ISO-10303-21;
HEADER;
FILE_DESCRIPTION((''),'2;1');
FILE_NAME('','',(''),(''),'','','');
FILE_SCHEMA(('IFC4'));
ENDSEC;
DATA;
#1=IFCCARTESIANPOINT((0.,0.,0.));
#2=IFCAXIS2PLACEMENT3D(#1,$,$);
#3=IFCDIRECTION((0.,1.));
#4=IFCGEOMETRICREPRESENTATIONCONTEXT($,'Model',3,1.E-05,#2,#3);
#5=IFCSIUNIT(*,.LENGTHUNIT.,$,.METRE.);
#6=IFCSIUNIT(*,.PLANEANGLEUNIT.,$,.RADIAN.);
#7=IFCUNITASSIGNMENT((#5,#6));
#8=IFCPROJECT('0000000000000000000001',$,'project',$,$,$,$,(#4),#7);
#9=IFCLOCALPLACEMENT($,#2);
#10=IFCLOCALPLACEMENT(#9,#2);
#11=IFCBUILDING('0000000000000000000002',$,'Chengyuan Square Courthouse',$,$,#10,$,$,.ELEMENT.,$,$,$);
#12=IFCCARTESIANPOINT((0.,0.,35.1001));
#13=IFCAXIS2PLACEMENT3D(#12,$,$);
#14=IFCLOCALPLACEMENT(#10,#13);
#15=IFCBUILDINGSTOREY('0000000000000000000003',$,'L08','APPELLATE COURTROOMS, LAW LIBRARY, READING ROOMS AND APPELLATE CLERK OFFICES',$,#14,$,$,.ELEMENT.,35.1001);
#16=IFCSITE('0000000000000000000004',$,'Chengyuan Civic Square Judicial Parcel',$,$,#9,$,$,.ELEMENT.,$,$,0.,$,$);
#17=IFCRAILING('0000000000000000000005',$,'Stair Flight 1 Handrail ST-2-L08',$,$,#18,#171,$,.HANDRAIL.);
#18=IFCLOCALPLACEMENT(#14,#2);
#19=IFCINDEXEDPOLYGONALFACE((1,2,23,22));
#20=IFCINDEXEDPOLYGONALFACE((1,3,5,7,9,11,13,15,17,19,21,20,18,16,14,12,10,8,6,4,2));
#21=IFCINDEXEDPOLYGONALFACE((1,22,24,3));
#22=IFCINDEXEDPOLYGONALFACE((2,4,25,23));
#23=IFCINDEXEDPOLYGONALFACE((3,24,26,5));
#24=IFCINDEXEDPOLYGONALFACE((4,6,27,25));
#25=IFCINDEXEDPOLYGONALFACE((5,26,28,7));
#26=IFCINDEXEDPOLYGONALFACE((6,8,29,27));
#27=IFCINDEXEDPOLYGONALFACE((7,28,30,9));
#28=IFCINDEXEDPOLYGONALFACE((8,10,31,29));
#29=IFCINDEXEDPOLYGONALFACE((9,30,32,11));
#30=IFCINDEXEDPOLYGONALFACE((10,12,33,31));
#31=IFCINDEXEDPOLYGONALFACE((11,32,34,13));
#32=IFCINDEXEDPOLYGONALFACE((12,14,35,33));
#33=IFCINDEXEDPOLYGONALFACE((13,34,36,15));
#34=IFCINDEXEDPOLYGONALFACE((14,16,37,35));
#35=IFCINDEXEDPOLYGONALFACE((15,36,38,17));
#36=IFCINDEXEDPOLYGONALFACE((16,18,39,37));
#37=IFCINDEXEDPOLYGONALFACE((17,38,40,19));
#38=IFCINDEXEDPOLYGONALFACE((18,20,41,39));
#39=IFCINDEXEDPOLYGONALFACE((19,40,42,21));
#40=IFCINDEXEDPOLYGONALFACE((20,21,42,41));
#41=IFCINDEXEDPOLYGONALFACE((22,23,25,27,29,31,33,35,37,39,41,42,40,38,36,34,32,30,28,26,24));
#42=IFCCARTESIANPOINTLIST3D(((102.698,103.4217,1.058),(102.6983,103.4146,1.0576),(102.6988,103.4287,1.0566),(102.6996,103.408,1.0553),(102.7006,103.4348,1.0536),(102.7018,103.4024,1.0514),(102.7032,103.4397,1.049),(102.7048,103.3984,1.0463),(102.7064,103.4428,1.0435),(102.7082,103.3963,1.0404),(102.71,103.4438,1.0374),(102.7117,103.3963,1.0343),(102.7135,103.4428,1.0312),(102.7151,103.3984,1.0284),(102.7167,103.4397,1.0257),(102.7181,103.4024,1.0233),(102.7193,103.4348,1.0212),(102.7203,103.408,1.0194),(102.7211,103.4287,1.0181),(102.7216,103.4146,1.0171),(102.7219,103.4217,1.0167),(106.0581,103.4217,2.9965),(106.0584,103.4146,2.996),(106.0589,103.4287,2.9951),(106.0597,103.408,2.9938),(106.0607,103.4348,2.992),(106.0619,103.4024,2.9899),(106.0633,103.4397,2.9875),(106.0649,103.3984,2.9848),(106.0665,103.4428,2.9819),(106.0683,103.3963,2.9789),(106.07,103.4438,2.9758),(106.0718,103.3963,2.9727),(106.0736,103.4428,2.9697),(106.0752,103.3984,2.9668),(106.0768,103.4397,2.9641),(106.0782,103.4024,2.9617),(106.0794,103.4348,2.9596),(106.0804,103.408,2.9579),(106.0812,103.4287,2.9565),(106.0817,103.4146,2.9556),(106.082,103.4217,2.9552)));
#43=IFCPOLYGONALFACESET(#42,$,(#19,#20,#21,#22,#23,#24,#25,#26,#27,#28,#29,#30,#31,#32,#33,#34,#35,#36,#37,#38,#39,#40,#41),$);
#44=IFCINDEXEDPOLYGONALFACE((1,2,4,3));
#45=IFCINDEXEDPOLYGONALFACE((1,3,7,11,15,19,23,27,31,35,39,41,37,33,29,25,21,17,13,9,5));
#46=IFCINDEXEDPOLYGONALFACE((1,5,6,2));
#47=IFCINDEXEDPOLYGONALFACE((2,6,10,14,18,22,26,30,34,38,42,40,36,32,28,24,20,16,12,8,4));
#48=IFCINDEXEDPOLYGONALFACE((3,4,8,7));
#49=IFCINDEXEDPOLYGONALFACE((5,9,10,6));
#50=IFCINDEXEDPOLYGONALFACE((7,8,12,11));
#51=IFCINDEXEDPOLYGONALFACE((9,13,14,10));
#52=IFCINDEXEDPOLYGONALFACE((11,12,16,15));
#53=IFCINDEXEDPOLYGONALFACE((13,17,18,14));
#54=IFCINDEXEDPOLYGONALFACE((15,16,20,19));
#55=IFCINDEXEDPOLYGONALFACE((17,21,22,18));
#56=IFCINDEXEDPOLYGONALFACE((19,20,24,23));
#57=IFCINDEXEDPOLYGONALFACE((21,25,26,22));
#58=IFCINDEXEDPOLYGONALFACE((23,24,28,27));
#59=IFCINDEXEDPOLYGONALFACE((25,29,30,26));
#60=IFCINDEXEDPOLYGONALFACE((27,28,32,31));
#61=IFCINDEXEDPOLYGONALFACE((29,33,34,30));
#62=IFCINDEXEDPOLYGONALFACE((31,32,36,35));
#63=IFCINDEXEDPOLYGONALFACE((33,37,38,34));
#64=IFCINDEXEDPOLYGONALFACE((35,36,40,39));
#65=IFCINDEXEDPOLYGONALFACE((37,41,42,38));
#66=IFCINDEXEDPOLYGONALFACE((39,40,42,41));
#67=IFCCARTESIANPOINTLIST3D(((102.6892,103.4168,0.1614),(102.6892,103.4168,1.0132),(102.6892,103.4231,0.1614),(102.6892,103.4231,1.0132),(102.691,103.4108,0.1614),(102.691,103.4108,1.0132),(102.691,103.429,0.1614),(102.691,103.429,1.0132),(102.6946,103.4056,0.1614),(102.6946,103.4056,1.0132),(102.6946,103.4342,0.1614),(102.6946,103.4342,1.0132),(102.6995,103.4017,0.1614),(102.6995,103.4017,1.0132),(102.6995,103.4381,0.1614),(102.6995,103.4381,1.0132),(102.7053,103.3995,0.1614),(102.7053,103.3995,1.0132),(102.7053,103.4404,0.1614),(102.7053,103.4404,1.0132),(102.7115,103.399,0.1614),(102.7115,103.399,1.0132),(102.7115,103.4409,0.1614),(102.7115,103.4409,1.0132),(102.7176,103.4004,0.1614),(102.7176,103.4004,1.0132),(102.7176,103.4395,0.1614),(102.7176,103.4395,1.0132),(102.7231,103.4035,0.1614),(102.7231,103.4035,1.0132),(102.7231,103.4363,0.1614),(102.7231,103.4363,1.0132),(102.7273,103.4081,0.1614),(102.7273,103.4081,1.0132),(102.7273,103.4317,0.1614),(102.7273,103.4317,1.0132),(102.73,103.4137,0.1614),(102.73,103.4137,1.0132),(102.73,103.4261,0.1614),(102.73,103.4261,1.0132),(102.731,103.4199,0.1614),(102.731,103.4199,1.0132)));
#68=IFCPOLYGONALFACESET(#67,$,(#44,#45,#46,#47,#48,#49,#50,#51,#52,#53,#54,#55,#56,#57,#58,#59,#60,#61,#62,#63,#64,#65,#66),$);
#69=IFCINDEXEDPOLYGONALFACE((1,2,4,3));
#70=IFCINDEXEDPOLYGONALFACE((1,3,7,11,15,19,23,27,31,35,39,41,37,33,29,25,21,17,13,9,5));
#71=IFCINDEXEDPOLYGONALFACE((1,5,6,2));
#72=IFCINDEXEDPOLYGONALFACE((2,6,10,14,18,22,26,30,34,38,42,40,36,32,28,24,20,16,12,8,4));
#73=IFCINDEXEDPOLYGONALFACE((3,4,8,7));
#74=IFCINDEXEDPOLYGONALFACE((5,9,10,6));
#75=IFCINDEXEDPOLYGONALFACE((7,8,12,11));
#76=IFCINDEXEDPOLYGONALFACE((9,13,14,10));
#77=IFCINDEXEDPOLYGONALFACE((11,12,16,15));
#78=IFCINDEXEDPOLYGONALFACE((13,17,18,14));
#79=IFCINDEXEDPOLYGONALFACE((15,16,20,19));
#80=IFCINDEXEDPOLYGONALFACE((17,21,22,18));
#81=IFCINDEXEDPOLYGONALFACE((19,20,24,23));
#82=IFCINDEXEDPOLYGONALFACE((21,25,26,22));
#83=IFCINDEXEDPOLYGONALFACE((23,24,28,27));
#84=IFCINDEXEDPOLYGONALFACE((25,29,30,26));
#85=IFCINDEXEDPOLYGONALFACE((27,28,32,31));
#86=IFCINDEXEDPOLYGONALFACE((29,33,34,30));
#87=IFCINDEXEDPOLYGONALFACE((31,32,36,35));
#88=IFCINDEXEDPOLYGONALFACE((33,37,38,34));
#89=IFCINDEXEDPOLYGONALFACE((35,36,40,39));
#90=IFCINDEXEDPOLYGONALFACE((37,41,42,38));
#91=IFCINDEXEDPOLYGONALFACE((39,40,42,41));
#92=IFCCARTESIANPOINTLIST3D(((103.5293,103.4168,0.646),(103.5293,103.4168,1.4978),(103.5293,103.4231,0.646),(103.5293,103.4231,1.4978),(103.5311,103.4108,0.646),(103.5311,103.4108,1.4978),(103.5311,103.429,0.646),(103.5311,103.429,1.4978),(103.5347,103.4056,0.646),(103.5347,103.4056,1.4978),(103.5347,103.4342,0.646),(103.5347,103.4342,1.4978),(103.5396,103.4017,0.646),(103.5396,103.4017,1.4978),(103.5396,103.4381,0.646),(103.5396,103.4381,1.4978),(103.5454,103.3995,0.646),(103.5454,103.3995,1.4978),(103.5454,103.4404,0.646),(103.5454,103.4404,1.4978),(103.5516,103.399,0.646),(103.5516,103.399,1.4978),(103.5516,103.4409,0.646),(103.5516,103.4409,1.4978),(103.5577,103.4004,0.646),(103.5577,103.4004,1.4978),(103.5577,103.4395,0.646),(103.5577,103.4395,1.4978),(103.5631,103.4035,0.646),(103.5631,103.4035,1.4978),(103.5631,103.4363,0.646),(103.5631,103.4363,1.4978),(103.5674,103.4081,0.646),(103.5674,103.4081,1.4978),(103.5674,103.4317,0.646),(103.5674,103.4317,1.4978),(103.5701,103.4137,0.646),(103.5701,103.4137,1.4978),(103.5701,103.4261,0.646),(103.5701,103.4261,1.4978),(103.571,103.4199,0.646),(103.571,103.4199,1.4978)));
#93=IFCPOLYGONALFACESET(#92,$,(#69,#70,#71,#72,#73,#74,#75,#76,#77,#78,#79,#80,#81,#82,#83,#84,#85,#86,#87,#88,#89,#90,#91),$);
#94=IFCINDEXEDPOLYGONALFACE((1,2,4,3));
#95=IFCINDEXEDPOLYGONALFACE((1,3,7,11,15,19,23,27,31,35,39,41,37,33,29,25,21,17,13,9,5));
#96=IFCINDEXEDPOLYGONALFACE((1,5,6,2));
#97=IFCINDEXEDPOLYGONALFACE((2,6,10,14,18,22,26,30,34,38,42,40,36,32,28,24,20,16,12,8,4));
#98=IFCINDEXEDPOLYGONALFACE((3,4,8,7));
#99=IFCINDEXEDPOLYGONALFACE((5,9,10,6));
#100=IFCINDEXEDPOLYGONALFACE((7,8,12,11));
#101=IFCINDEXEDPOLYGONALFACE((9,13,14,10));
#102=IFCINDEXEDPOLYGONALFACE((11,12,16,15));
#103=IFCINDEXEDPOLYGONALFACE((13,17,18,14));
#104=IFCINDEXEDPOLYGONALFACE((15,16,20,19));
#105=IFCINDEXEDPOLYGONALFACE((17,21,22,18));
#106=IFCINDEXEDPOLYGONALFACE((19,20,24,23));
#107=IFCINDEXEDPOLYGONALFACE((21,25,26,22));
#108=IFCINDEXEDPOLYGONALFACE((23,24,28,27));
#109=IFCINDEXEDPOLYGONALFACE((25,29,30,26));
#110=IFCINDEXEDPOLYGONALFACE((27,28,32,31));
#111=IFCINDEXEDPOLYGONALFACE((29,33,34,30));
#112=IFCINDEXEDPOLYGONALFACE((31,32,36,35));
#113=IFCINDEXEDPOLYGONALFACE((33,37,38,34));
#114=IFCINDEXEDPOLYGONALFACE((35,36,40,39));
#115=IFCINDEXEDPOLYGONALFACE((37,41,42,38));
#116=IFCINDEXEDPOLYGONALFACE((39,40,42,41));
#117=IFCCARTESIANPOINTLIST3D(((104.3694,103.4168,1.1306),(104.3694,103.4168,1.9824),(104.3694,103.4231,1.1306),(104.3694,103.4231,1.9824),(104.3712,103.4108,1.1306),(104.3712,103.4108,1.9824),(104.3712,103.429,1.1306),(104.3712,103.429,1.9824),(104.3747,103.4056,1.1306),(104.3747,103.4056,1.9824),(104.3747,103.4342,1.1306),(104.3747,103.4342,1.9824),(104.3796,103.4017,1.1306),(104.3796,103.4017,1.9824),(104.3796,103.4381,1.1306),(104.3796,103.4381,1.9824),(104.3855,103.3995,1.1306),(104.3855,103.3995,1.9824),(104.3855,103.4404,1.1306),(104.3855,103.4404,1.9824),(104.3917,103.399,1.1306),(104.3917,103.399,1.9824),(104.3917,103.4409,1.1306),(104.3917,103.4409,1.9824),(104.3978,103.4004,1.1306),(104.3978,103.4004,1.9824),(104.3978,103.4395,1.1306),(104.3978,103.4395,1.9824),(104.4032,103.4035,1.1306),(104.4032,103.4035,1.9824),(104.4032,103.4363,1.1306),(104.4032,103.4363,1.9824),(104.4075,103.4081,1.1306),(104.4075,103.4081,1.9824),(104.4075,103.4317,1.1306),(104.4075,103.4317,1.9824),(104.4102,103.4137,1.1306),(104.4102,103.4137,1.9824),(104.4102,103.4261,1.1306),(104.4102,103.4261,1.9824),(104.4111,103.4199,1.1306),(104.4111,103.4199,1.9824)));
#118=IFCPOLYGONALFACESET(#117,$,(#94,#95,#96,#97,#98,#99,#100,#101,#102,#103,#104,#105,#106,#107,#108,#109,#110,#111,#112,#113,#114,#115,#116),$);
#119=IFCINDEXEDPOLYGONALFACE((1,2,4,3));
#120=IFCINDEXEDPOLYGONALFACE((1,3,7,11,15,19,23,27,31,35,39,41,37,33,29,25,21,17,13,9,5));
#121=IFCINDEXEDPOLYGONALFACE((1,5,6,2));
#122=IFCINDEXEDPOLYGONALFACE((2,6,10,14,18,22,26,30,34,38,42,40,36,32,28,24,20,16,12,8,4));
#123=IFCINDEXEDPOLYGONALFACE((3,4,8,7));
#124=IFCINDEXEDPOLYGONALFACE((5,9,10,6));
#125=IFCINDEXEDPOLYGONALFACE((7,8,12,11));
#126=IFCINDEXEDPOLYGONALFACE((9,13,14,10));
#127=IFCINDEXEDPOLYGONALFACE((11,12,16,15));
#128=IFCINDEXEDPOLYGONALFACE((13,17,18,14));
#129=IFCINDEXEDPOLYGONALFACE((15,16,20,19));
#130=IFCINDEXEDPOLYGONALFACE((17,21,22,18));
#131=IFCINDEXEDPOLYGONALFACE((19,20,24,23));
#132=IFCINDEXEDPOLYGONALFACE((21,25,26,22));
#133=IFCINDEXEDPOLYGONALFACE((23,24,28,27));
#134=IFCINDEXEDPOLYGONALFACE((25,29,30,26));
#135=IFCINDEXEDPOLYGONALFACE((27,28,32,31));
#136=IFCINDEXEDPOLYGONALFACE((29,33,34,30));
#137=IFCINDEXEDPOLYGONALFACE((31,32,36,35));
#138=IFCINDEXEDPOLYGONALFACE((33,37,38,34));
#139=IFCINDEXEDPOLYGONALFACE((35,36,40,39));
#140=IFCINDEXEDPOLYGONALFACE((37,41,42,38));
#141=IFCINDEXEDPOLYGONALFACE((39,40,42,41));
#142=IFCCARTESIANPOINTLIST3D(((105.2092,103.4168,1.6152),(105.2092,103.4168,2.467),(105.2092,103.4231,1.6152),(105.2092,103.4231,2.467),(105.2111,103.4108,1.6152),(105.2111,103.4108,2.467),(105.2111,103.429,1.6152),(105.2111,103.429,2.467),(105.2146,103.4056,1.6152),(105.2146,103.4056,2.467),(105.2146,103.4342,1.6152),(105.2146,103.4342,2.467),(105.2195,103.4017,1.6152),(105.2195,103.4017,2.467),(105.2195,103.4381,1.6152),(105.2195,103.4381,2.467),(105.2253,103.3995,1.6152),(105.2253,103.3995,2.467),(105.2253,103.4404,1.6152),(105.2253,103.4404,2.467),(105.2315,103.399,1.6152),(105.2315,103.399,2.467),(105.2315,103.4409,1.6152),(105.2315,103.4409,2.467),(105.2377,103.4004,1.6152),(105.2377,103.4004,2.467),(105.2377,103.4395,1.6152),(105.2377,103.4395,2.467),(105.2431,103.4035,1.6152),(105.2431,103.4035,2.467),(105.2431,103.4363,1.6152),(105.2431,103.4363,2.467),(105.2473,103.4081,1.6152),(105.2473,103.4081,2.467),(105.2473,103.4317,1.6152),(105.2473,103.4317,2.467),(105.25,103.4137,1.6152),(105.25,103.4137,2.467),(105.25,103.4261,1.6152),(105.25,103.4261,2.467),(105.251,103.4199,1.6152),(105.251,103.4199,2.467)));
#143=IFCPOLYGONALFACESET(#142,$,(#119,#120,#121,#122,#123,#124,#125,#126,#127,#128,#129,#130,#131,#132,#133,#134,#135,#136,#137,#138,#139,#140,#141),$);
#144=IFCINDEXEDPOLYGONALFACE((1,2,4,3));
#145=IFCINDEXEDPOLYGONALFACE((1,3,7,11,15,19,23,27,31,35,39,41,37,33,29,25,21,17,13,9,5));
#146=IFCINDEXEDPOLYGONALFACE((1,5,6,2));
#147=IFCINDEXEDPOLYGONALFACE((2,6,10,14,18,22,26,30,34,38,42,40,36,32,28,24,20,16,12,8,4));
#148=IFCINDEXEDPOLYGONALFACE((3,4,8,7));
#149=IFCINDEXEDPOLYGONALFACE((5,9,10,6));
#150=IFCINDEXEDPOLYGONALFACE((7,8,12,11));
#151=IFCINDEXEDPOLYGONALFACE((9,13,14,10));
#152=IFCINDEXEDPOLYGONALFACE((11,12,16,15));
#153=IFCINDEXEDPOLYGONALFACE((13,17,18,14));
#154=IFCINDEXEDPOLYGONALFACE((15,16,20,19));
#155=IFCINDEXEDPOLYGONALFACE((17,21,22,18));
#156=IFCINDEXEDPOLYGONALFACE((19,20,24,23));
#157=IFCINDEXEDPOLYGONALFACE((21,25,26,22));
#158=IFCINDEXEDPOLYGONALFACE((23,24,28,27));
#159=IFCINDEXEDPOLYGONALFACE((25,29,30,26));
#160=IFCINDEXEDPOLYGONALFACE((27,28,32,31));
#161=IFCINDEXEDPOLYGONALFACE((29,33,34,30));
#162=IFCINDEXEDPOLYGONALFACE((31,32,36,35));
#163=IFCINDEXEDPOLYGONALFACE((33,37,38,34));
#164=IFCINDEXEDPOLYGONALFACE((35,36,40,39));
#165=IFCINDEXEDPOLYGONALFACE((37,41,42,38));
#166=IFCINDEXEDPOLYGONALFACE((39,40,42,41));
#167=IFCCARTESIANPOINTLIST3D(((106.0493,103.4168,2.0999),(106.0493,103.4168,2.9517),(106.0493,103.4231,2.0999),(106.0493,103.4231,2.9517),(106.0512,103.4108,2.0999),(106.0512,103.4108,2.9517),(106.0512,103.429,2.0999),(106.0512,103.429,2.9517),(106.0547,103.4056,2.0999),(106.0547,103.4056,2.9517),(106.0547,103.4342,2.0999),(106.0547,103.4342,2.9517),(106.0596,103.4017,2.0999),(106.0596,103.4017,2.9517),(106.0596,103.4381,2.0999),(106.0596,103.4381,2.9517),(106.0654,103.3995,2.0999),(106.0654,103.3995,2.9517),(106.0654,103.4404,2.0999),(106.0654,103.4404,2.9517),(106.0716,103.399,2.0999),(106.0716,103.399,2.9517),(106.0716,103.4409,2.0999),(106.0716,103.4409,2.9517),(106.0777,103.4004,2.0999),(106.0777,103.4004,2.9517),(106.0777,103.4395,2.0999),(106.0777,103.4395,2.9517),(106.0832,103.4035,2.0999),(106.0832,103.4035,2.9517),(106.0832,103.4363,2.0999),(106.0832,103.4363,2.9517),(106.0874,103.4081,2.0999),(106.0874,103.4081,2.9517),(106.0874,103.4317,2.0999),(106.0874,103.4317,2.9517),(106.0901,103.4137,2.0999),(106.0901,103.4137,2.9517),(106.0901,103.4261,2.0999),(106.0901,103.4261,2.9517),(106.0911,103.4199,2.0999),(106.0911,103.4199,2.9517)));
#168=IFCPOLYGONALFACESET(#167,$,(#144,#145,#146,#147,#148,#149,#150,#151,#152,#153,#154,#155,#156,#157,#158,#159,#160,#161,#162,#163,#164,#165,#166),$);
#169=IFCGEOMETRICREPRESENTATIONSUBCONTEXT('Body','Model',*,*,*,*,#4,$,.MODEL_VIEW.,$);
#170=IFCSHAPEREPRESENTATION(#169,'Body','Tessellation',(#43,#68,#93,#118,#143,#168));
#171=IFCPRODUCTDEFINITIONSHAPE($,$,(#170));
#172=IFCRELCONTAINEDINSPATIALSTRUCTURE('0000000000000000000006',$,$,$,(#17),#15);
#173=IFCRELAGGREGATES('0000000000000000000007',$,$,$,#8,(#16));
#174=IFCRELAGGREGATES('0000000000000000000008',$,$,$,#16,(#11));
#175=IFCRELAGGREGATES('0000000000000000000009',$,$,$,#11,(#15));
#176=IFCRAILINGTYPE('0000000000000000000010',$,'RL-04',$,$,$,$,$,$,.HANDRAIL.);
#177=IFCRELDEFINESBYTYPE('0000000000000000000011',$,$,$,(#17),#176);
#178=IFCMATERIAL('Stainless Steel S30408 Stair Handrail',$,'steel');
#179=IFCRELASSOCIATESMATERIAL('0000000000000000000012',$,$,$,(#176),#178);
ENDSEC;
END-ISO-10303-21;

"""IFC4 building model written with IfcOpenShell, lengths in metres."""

from ifc_helpers import new_model, si_unit, direction, frame, origin, origin_2d, place, context, subcontext, project, spatial, circle, extrude, material, type_object, element, save


model = new_model("IFC4")

# Units and contexts
model_context = context("Model", 3, precision=1e-05, world=origin(), true_north=direction((0.0, 1.0)))
body_context = subcontext(model_context, "Body", "Model", "MODEL_VIEW")
ifc_project = project(units=[si_unit("LENGTHUNIT", "METRE"), si_unit("PLANEANGLEUNIT", "RADIAN")], contexts=[model_context])

# Site, building, storey
site_placement = place(None, origin())
site = spatial("IfcSite", under=ifc_project, at=site_placement, Name="Chengyuan Civic Square Judicial Parcel", CompositionType="ELEMENT", RefElevation=0.0)
building_placement = place(site_placement, origin())
building = spatial("IfcBuilding", under=site, at=building_placement, Name="Chengyuan Square Courthouse", CompositionType="ELEMENT")
storey_placement = place(building_placement, frame((0.0, 0.0, 35.1001)))
storey = spatial("IfcBuildingStorey", under=building, at=storey_placement, Name="L08", Description="APPELLATE COURTROOMS, LAW LIBRARY, READING ROOMS AND APPELLATE CLERK OFFICES", CompositionType="ELEMENT", Elevation=35.1001)

# Railing
ifc_material_1 = material(Name="Stainless Steel S30408 Stair Handrail", Category="steel")
railing_type = type_object("IfcRailingType", Name="RL-04", PredefinedType="HANDRAIL", material=ifc_material_1)
railing_placement = place(storey_placement, frame((102.71, 103.4199, 0.1614)))
element("IfcRailing", 1, at=railing_placement, inside=storey, type_object=railing_type, Name="Stair Flight 1 Handrail ST-2-L08", PredefinedType="HANDRAIL", context=body_context, shape_type="SweptSolid", body=[
    extrude(circle(Radius=0.0239, at=origin_2d()), frame((0.0, 0.0, 0.876), z_axis=(0.866191, 0.0, 0.499713), x_axis=(0.0, 1.0, 0.0)), (0.0, 0.0, 1.0), 3.8792),
    extrude(circle(Radius=0.021, at=origin_2d()), origin(), (0.0, 0.0, 1.0), 0.8518),
    extrude(circle(Radius=0.021, at=origin_2d()), frame((0.8401, 0.0, 0.4846)), (0.0, 0.0, 1.0), 0.8518),
    extrude(circle(Radius=0.021, at=origin_2d()), frame((1.6802, 0.0, 0.9692)), (0.0, 0.0, 1.0), 0.8518),
    extrude(circle(Radius=0.021, at=origin_2d()), frame((2.52, 0.0, 1.4539)), (0.0, 0.0, 1.0), 0.8518),
    extrude(circle(Radius=0.021, at=origin_2d()), frame((3.3601, 0.0, 1.9385)), (0.0, 0.0, 1.0), 0.8518),
])

save(model, "model.ifc")
